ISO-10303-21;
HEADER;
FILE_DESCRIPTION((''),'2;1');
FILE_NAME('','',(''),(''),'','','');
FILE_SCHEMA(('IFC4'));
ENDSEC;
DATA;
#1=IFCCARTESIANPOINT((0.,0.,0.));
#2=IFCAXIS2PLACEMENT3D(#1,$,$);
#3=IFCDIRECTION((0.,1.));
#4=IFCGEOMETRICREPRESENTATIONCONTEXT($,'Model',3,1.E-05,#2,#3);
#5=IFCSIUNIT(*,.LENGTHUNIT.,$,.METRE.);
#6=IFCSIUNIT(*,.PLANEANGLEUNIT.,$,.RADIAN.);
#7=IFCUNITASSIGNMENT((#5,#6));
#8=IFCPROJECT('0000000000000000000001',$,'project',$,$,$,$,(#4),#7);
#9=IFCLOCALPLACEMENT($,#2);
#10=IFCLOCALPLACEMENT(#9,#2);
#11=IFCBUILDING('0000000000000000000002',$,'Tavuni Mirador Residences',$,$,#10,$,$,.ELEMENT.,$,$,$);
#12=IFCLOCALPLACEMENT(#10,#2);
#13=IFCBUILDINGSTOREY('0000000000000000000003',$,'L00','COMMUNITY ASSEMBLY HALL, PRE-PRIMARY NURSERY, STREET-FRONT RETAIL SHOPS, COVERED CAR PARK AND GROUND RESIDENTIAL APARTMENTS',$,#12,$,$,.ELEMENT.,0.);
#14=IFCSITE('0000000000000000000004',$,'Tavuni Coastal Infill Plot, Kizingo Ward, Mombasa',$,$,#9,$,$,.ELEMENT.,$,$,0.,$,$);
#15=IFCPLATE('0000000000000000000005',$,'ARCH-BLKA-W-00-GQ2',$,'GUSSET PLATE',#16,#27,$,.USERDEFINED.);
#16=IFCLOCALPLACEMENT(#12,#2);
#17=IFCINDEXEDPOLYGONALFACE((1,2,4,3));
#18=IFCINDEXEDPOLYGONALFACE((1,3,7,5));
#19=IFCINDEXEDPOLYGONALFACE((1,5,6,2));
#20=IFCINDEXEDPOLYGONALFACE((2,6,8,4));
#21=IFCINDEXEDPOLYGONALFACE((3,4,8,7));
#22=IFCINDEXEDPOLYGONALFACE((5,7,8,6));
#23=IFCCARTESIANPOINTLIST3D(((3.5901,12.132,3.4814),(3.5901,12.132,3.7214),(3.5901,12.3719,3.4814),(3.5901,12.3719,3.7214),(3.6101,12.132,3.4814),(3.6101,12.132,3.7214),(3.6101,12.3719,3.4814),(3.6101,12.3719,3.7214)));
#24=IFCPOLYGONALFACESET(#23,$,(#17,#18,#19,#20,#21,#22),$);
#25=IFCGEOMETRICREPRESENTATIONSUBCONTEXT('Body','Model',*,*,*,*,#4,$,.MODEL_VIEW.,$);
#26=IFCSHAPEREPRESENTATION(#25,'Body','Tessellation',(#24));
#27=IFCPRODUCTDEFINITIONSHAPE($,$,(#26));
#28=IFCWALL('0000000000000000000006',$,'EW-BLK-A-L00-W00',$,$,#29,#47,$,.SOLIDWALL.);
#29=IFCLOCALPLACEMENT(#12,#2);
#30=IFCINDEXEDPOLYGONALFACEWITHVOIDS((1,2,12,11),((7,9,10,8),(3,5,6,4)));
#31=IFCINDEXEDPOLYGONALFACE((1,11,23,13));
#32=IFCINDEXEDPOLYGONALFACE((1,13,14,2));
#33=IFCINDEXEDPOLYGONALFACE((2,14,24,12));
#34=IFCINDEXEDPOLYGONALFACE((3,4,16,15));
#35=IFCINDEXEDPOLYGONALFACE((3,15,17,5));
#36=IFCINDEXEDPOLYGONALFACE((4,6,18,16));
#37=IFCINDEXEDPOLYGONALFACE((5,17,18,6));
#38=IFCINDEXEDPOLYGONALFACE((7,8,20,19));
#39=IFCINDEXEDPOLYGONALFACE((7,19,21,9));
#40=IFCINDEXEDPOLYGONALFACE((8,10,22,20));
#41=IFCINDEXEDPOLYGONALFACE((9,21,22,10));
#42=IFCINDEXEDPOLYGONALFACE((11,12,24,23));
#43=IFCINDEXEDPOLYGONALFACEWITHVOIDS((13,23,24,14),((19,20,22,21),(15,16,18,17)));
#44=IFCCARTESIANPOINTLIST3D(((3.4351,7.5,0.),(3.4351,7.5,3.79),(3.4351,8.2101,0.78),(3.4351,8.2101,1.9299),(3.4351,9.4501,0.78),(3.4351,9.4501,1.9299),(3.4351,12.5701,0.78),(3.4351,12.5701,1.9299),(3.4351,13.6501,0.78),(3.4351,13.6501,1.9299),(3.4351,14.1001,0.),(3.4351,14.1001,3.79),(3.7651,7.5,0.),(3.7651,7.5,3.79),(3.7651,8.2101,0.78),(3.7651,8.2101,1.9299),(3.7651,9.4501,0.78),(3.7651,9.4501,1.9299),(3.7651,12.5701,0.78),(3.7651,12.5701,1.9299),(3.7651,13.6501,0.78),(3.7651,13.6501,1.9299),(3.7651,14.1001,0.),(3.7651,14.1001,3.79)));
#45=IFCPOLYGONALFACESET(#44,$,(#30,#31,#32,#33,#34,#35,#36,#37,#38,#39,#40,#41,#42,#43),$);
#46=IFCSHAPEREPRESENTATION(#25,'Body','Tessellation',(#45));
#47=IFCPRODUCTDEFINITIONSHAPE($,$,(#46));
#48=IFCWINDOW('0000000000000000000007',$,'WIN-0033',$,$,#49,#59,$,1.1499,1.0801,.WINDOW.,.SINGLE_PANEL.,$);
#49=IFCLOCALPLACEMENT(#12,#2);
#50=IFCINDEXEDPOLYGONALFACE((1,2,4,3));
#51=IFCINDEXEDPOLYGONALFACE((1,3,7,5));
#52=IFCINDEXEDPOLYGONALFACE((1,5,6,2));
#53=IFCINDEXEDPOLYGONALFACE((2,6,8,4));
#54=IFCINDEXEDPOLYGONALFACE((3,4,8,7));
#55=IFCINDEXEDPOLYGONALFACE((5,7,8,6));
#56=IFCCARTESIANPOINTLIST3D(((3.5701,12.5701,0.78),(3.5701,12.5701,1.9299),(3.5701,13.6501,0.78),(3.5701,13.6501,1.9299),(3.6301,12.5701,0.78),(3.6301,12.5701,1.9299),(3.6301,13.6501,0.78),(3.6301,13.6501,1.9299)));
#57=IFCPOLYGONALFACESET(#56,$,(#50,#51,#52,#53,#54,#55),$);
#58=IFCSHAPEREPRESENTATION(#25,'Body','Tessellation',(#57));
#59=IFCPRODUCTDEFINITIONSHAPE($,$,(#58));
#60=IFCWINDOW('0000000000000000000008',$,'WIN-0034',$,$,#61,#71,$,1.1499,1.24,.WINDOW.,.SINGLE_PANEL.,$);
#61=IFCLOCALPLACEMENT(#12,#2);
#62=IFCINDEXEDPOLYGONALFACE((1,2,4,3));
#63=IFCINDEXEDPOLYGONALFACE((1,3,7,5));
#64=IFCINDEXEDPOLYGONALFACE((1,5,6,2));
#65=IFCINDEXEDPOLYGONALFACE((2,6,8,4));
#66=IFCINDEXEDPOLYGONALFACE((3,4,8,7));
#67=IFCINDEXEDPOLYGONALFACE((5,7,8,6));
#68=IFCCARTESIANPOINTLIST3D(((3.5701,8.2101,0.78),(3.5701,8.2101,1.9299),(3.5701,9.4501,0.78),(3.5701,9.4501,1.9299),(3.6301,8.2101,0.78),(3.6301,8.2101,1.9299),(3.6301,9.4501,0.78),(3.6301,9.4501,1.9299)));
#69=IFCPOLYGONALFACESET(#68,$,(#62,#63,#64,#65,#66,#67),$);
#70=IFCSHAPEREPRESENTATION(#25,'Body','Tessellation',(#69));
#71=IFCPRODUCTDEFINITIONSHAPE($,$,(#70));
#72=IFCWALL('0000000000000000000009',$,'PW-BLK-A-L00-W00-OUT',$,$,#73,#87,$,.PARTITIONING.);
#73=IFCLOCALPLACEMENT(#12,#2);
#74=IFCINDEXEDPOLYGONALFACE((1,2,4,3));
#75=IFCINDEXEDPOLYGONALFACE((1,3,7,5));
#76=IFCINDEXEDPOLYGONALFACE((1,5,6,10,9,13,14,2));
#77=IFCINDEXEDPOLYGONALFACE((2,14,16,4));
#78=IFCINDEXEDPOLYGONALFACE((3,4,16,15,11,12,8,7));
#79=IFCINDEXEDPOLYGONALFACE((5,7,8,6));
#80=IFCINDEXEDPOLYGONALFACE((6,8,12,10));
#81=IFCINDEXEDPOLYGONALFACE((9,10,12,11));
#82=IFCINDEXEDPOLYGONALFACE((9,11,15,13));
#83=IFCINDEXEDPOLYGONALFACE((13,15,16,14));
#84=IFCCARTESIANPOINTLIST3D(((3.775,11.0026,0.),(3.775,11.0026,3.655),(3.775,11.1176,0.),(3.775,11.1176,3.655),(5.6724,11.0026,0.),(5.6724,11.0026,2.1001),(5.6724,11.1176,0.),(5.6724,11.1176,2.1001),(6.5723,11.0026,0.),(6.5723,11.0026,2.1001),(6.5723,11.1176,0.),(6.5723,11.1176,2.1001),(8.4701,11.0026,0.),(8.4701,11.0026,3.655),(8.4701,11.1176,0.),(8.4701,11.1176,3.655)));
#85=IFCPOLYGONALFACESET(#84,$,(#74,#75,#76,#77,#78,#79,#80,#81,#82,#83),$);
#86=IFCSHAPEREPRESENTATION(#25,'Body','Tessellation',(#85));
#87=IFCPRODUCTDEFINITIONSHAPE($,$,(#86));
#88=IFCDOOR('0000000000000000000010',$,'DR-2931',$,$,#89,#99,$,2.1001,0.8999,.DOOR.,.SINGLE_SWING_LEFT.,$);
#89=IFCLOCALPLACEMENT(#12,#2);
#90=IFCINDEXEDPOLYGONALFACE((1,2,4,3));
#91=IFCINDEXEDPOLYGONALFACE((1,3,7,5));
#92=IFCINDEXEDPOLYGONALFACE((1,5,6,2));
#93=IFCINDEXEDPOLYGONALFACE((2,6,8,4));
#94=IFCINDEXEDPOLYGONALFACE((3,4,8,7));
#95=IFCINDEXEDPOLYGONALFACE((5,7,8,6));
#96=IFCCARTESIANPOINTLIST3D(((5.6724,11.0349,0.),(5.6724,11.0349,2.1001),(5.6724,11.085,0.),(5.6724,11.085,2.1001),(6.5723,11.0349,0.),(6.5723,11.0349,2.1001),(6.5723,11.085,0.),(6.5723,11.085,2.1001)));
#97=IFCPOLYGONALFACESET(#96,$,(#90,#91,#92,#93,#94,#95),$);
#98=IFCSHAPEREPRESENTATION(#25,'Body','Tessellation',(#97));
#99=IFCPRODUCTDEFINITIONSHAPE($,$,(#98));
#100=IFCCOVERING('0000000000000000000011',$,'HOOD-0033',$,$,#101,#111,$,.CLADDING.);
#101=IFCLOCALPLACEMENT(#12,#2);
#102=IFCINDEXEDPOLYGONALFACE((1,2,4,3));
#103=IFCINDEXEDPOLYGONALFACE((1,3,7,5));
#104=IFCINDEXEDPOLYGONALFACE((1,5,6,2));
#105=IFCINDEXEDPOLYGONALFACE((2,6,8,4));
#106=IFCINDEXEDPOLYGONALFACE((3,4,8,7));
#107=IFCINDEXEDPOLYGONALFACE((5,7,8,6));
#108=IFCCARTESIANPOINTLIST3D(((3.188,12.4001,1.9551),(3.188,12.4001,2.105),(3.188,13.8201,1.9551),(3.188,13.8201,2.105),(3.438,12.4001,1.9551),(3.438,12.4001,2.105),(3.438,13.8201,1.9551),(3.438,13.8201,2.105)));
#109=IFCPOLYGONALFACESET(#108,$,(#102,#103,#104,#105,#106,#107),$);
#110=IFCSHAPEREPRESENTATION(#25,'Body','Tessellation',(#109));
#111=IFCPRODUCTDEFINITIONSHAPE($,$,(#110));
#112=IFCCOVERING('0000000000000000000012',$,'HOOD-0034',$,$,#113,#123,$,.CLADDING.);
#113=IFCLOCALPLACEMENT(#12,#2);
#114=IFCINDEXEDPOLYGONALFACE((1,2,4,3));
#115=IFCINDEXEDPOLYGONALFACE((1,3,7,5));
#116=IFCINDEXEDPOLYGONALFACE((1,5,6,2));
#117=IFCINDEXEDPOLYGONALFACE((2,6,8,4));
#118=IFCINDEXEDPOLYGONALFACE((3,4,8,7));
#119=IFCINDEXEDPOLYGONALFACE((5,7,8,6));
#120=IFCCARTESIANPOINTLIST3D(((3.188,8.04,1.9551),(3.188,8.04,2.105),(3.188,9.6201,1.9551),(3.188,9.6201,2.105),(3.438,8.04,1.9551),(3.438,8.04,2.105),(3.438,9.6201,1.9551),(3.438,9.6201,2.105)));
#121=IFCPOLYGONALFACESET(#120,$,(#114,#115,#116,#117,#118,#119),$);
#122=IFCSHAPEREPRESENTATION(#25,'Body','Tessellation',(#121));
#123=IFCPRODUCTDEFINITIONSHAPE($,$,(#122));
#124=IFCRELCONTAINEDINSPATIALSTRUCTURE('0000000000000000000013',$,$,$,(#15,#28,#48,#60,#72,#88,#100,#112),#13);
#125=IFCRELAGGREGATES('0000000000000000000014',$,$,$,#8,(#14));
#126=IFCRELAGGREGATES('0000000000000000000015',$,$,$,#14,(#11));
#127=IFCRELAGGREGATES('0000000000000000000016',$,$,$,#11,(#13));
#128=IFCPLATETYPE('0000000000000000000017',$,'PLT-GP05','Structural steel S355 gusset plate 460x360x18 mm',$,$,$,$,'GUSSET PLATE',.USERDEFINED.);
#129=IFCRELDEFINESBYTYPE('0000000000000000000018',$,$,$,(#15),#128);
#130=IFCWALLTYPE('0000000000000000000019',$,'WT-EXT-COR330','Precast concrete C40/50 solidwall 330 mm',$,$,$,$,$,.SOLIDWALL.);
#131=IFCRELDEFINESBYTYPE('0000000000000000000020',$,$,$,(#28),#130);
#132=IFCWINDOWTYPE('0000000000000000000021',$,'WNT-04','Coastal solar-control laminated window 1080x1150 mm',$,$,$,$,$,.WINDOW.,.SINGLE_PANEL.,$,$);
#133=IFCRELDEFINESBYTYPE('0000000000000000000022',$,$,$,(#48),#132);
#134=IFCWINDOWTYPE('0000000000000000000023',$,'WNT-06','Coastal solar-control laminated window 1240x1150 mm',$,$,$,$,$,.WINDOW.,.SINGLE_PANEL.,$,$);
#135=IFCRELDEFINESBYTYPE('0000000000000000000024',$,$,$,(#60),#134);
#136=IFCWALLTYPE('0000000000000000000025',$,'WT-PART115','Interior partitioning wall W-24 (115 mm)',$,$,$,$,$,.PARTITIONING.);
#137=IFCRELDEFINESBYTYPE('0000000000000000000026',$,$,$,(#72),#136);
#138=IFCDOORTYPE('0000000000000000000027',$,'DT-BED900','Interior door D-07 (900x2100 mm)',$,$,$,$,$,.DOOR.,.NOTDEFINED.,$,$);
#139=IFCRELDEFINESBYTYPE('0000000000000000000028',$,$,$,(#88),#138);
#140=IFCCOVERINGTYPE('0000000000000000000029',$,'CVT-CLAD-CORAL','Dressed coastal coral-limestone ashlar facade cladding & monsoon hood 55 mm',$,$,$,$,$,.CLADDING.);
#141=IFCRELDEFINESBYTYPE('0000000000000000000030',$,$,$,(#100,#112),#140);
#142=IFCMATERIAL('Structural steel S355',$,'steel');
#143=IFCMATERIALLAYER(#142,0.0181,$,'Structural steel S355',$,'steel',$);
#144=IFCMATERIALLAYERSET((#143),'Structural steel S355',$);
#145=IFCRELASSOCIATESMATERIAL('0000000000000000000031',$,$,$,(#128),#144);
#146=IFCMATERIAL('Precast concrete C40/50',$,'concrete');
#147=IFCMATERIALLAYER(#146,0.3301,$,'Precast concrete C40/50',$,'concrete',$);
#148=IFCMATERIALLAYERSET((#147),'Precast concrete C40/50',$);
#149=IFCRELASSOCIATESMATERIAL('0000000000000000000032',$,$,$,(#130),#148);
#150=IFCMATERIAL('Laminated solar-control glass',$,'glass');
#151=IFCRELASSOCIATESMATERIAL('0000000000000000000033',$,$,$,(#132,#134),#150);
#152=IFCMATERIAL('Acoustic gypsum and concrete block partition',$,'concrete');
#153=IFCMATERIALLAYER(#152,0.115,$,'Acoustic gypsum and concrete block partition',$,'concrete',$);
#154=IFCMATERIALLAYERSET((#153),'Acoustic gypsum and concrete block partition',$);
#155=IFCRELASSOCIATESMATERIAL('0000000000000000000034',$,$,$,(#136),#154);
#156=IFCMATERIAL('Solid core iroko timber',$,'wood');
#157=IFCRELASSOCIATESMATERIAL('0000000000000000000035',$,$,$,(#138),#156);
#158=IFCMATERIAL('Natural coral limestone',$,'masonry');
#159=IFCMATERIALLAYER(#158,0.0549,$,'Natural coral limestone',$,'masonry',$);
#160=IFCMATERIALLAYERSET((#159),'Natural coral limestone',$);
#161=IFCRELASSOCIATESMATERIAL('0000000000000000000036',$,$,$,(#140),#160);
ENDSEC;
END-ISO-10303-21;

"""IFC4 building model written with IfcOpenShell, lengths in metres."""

from ifc_helpers import new_model, si_unit, direction, frame, frame_2d, origin, origin_2d, place, context, subcontext, project, spatial, rectangle, extrude, material, layer, layer_set, type_object, element, fill, save


model = new_model("IFC4")

# Units and contexts
model_context = context("Model", 3, precision=1e-05, world=origin(), true_north=direction((0.0, 1.0)))
body_context = subcontext(model_context, "Body", "Model", "MODEL_VIEW")
ifc_project = project(units=[si_unit("LENGTHUNIT", "METRE"), si_unit("PLANEANGLEUNIT", "RADIAN")], contexts=[model_context])

# Site, building, storey
site_placement = place(None, origin())
site = spatial("IfcSite", under=ifc_project, at=site_placement, Name="Tavuni Coastal Infill Plot, Kizingo Ward, Mombasa", CompositionType="ELEMENT", RefElevation=0.0)
building_placement = place(site_placement, origin())
building = spatial("IfcBuilding", under=site, at=building_placement, Name="Tavuni Mirador Residences", CompositionType="ELEMENT")
storey_placement = place(building_placement, origin())
storey = spatial("IfcBuildingStorey", under=building, at=storey_placement, Name="L00", Description="COMMUNITY ASSEMBLY HALL, PRE-PRIMARY NURSERY, STREET-FRONT RETAIL SHOPS, COVERED CAR PARK AND GROUND RESIDENTIAL APARTMENTS", CompositionType="ELEMENT", Elevation=0.0)

# Shared definitions
ifc_material_1 = material(Name="Precast concrete C40/50", Category="concrete")

# Shared definitions
ifc_material_2 = material(Name="Structural steel S355", Category="steel")

# Plate
ifc_layer_1 = layer(ifc_material_2, 0.0181, Name="Structural steel S355", Category="steel")
ifc_layer_set_1 = layer_set([ifc_layer_1], Name="Structural steel S355")
plate_type = type_object("IfcPlateType", Name="PLT-GP05", Description="Structural steel S355 gusset plate 460x360x18 mm", ElementType="GUSSET PLATE", PredefinedType="USERDEFINED", material=ifc_layer_set_1)
for number, where, z_axis, x_axis, name in (
    (1, (3.6001, 12.252, 3.4814), (0.0, 0.0, 1.0), (1.0, 0.0, 0.0), "ARCH-BLKA-W-00-GQ2"),
):
    element("IfcPlate", number, at=place(storey_placement, frame(where, z_axis=z_axis, x_axis=x_axis)), inside=storey, type_object=plate_type, Name=name, ObjectType="GUSSET PLATE", PredefinedType="USERDEFINED", context=body_context, shape_type="SweptSolid", body=[
        extrude(rectangle(XDim=0.02, YDim=0.24, at=origin_2d()), origin(), (0.0, 0.0, 1.0), 0.24),
    ])

# Wall, openings, windows
ifc_layer_2 = layer(ifc_material_1, 0.3301, Name="Precast concrete C40/50", Category="concrete")
ifc_layer_set_2 = layer_set([ifc_layer_2], Name="Precast concrete C40/50")
wall_type_1 = type_object("IfcWallType", Name="WT-EXT-COR330", Description="Precast concrete C40/50 solidwall 330 mm", PredefinedType="SOLIDWALL", material=ifc_layer_set_2)
wall_1_placement = place(storey_placement, frame((3.6001, 14.1001, 0.0), z_axis=(0.0, 0.0, 1.0), x_axis=(0.0, -1.0, 0.0)))
wall_1 = element("IfcWall", 2, at=wall_1_placement, inside=storey, type_object=wall_type_1, Name="EW-BLK-A-L00-W00", PredefinedType="SOLIDWALL", context=body_context, shape_type="SweptSolid", body=[
    extrude(rectangle(XDim=6.6001, YDim=0.3301, at=frame_2d((3.3, 0.0))), origin(), (0.0, 0.0, 1.0), 3.79),
])
opening_1_placement = place(wall_1_placement, frame((0.45, 0.0, 0.78)))
opening_1 = element("IfcOpeningElement", 3, at=opening_1_placement, cuts=wall_1, PredefinedType="OPENING", context=body_context, shape_type="SweptSolid", body=[
    extrude(rectangle(XDim=1.0801, YDim=1.1499, at=frame_2d((0.54, 0.575))), frame((0.0, 0.175, 0.0), z_axis=(0.0, -1.0, 0.0), x_axis=(1.0, 0.0, 0.0)), (0.0, 0.0, 1.0), 0.3501),
])
opening_2_placement = place(wall_1_placement, frame((4.6499, 0.0, 0.78)))
opening_2 = element("IfcOpeningElement", 4, at=opening_2_placement, cuts=wall_1, PredefinedType="OPENING", context=body_context, shape_type="SweptSolid", body=[
    extrude(rectangle(XDim=1.24, YDim=1.1499, at=frame_2d((0.6201, 0.575))), frame((0.0, 0.175, 0.0), z_axis=(0.0, -1.0, 0.0), x_axis=(1.0, 0.0, 0.0)), (0.0, 0.0, 1.0), 0.3501),
])
ifc_material_3 = material(Name="Laminated solar-control glass", Category="glass")
window_type_1 = type_object("IfcWindowType", Name="WNT-04", Description="Coastal solar-control laminated window 1080x1150 mm", PartitioningType="SINGLE_PANEL", PredefinedType="WINDOW", material=ifc_material_3)
window_1_placement = place(opening_1_placement, origin())
window_1 = element("IfcWindow", 5, at=window_1_placement, inside=storey, type_object=window_type_1, Name="WIN-0033", OverallHeight=1.1499, OverallWidth=1.0801, PartitioningType="SINGLE_PANEL", PredefinedType="WINDOW", context=body_context, shape_type="SweptSolid", body=[
    extrude(rectangle(XDim=1.0801, YDim=1.1499, at=frame_2d((0.54, 0.575))), frame((0.0, 0.03, 0.0), z_axis=(0.0, -1.0, 0.0), x_axis=(1.0, 0.0, 0.0)), (0.0, 0.0, 1.0), 0.0601),
])
fill(opening_1, window_1)
window_type_2 = type_object("IfcWindowType", Name="WNT-06", Description="Coastal solar-control laminated window 1240x1150 mm", PartitioningType="SINGLE_PANEL", PredefinedType="WINDOW", material=ifc_material_3)
window_2_placement = place(opening_2_placement, origin())
window_2 = element("IfcWindow", 6, at=window_2_placement, inside=storey, type_object=window_type_2, Name="WIN-0034", OverallHeight=1.1499, OverallWidth=1.24, PartitioningType="SINGLE_PANEL", PredefinedType="WINDOW", context=body_context, shape_type="SweptSolid", body=[
    extrude(rectangle(XDim=1.24, YDim=1.1499, at=frame_2d((0.6201, 0.575))), frame((0.0, 0.03, 0.0), z_axis=(0.0, -1.0, 0.0), x_axis=(1.0, 0.0, 0.0)), (0.0, 0.0, 1.0), 0.0601),
])
fill(opening_2, window_2)

# Wall, opening, door
ifc_material_4 = material(Name="Acoustic gypsum and concrete block partition", Category="concrete")
ifc_layer_3 = layer(ifc_material_4, 0.115, Name="Acoustic gypsum and concrete block partition", Category="concrete")
ifc_layer_set_3 = layer_set([ifc_layer_3], Name="Acoustic gypsum and concrete block partition")
wall_type_2 = type_object("IfcWallType", Name="WT-PART115", Description="Interior partitioning wall W-24 (115 mm)", PredefinedType="PARTITIONING", material=ifc_layer_set_3)
wall_2_placement = place(storey_placement, frame((3.7749, 11.0601, 0.0), z_axis=(0.0, 0.0, 1.0), x_axis=(1.0, 0.0, 0.0)))
wall_2 = element("IfcWall", 7, at=wall_2_placement, inside=storey, type_object=wall_type_2, Name="PW-BLK-A-L00-W00-OUT", PredefinedType="PARTITIONING", context=body_context, shape_type="SweptSolid", body=[
    extrude(rectangle(XDim=4.6951, YDim=0.115, at=frame_2d((2.3477, 0.0))), origin(), (0.0, 0.0, 1.0), 3.655),
])
opening_3_placement = place(wall_2_placement, frame((1.8975, 0.0, 0.0)))
opening_3 = element("IfcOpeningElement", 8, at=opening_3_placement, cuts=wall_2, PredefinedType="OPENING", context=body_context, shape_type="SweptSolid", body=[
    extrude(rectangle(XDim=0.8999, YDim=2.1001, at=frame_2d((0.45, 1.05))), frame((0.0, 0.0674, 0.0), z_axis=(0.0, -1.0, 0.0), x_axis=(1.0, 0.0, 0.0)), (0.0, 0.0, 1.0), 0.135),
])
ifc_material_5 = material(Name="Solid core iroko timber", Category="wood")
door_type_1 = type_object("IfcDoorType", Name="DT-BED900", Description="Interior door D-07 (900x2100 mm)", OperationType="NOTDEFINED", PredefinedType="DOOR", material=ifc_material_5)
door_1_placement = place(opening_3_placement, origin())
door_1 = element("IfcDoor", 9, at=door_1_placement, inside=storey, type_object=door_type_1, Name="DR-2931", OperationType="SINGLE_SWING_LEFT", OverallHeight=2.1001, OverallWidth=0.8999, PredefinedType="DOOR", context=body_context, shape_type="SweptSolid", body=[
    extrude(rectangle(XDim=0.8999, YDim=2.1001, at=frame_2d((0.45, 1.05))), frame((0.0, 0.0249, 0.0), z_axis=(0.0, -1.0, 0.0), x_axis=(1.0, 0.0, 0.0)), (0.0, 0.0, 1.0), 0.05),
])
fill(opening_3, door_1)

# Coverings
ifc_material_6 = material(Name="Natural coral limestone", Category="masonry")
ifc_layer_4 = layer(ifc_material_6, 0.0549, Name="Natural coral limestone", Category="masonry")
ifc_layer_set_4 = layer_set([ifc_layer_4], Name="Natural coral limestone")
covering_type = type_object("IfcCoveringType", Name="CVT-CLAD-CORAL", Description="Dressed coastal coral-limestone ashlar facade cladding & monsoon hood 55 mm", PredefinedType="CLADDING", material=ifc_layer_set_4)
covering_1_placement = place(storey_placement, frame((3.313, 13.1101, 1.9551), z_axis=(0.0, 0.0, 1.0), x_axis=(0.0, -1.0, 0.0)))
element("IfcCovering", 10, at=covering_1_placement, inside=storey, type_object=covering_type, Name="HOOD-0033", PredefinedType="CLADDING", context=body_context, shape_type="SweptSolid", body=[
    extrude(rectangle(XDim=1.4199, YDim=0.25, at=origin_2d()), origin(), (0.0, 0.0, 1.0), 0.1499),
])
covering_2_placement = place(storey_placement, frame((3.313, 8.8301, 1.9551), z_axis=(0.0, 0.0, 1.0), x_axis=(0.0, -1.0, 0.0)))
element("IfcCovering", 11, at=covering_2_placement, inside=storey, type_object=covering_type, Name="HOOD-0034", PredefinedType="CLADDING", context=body_context, shape_type="SweptSolid", body=[
    extrude(rectangle(XDim=1.5801, YDim=0.25, at=origin_2d()), origin(), (0.0, 0.0, 1.0), 0.1499),
])

save(model, "model.ifc")
